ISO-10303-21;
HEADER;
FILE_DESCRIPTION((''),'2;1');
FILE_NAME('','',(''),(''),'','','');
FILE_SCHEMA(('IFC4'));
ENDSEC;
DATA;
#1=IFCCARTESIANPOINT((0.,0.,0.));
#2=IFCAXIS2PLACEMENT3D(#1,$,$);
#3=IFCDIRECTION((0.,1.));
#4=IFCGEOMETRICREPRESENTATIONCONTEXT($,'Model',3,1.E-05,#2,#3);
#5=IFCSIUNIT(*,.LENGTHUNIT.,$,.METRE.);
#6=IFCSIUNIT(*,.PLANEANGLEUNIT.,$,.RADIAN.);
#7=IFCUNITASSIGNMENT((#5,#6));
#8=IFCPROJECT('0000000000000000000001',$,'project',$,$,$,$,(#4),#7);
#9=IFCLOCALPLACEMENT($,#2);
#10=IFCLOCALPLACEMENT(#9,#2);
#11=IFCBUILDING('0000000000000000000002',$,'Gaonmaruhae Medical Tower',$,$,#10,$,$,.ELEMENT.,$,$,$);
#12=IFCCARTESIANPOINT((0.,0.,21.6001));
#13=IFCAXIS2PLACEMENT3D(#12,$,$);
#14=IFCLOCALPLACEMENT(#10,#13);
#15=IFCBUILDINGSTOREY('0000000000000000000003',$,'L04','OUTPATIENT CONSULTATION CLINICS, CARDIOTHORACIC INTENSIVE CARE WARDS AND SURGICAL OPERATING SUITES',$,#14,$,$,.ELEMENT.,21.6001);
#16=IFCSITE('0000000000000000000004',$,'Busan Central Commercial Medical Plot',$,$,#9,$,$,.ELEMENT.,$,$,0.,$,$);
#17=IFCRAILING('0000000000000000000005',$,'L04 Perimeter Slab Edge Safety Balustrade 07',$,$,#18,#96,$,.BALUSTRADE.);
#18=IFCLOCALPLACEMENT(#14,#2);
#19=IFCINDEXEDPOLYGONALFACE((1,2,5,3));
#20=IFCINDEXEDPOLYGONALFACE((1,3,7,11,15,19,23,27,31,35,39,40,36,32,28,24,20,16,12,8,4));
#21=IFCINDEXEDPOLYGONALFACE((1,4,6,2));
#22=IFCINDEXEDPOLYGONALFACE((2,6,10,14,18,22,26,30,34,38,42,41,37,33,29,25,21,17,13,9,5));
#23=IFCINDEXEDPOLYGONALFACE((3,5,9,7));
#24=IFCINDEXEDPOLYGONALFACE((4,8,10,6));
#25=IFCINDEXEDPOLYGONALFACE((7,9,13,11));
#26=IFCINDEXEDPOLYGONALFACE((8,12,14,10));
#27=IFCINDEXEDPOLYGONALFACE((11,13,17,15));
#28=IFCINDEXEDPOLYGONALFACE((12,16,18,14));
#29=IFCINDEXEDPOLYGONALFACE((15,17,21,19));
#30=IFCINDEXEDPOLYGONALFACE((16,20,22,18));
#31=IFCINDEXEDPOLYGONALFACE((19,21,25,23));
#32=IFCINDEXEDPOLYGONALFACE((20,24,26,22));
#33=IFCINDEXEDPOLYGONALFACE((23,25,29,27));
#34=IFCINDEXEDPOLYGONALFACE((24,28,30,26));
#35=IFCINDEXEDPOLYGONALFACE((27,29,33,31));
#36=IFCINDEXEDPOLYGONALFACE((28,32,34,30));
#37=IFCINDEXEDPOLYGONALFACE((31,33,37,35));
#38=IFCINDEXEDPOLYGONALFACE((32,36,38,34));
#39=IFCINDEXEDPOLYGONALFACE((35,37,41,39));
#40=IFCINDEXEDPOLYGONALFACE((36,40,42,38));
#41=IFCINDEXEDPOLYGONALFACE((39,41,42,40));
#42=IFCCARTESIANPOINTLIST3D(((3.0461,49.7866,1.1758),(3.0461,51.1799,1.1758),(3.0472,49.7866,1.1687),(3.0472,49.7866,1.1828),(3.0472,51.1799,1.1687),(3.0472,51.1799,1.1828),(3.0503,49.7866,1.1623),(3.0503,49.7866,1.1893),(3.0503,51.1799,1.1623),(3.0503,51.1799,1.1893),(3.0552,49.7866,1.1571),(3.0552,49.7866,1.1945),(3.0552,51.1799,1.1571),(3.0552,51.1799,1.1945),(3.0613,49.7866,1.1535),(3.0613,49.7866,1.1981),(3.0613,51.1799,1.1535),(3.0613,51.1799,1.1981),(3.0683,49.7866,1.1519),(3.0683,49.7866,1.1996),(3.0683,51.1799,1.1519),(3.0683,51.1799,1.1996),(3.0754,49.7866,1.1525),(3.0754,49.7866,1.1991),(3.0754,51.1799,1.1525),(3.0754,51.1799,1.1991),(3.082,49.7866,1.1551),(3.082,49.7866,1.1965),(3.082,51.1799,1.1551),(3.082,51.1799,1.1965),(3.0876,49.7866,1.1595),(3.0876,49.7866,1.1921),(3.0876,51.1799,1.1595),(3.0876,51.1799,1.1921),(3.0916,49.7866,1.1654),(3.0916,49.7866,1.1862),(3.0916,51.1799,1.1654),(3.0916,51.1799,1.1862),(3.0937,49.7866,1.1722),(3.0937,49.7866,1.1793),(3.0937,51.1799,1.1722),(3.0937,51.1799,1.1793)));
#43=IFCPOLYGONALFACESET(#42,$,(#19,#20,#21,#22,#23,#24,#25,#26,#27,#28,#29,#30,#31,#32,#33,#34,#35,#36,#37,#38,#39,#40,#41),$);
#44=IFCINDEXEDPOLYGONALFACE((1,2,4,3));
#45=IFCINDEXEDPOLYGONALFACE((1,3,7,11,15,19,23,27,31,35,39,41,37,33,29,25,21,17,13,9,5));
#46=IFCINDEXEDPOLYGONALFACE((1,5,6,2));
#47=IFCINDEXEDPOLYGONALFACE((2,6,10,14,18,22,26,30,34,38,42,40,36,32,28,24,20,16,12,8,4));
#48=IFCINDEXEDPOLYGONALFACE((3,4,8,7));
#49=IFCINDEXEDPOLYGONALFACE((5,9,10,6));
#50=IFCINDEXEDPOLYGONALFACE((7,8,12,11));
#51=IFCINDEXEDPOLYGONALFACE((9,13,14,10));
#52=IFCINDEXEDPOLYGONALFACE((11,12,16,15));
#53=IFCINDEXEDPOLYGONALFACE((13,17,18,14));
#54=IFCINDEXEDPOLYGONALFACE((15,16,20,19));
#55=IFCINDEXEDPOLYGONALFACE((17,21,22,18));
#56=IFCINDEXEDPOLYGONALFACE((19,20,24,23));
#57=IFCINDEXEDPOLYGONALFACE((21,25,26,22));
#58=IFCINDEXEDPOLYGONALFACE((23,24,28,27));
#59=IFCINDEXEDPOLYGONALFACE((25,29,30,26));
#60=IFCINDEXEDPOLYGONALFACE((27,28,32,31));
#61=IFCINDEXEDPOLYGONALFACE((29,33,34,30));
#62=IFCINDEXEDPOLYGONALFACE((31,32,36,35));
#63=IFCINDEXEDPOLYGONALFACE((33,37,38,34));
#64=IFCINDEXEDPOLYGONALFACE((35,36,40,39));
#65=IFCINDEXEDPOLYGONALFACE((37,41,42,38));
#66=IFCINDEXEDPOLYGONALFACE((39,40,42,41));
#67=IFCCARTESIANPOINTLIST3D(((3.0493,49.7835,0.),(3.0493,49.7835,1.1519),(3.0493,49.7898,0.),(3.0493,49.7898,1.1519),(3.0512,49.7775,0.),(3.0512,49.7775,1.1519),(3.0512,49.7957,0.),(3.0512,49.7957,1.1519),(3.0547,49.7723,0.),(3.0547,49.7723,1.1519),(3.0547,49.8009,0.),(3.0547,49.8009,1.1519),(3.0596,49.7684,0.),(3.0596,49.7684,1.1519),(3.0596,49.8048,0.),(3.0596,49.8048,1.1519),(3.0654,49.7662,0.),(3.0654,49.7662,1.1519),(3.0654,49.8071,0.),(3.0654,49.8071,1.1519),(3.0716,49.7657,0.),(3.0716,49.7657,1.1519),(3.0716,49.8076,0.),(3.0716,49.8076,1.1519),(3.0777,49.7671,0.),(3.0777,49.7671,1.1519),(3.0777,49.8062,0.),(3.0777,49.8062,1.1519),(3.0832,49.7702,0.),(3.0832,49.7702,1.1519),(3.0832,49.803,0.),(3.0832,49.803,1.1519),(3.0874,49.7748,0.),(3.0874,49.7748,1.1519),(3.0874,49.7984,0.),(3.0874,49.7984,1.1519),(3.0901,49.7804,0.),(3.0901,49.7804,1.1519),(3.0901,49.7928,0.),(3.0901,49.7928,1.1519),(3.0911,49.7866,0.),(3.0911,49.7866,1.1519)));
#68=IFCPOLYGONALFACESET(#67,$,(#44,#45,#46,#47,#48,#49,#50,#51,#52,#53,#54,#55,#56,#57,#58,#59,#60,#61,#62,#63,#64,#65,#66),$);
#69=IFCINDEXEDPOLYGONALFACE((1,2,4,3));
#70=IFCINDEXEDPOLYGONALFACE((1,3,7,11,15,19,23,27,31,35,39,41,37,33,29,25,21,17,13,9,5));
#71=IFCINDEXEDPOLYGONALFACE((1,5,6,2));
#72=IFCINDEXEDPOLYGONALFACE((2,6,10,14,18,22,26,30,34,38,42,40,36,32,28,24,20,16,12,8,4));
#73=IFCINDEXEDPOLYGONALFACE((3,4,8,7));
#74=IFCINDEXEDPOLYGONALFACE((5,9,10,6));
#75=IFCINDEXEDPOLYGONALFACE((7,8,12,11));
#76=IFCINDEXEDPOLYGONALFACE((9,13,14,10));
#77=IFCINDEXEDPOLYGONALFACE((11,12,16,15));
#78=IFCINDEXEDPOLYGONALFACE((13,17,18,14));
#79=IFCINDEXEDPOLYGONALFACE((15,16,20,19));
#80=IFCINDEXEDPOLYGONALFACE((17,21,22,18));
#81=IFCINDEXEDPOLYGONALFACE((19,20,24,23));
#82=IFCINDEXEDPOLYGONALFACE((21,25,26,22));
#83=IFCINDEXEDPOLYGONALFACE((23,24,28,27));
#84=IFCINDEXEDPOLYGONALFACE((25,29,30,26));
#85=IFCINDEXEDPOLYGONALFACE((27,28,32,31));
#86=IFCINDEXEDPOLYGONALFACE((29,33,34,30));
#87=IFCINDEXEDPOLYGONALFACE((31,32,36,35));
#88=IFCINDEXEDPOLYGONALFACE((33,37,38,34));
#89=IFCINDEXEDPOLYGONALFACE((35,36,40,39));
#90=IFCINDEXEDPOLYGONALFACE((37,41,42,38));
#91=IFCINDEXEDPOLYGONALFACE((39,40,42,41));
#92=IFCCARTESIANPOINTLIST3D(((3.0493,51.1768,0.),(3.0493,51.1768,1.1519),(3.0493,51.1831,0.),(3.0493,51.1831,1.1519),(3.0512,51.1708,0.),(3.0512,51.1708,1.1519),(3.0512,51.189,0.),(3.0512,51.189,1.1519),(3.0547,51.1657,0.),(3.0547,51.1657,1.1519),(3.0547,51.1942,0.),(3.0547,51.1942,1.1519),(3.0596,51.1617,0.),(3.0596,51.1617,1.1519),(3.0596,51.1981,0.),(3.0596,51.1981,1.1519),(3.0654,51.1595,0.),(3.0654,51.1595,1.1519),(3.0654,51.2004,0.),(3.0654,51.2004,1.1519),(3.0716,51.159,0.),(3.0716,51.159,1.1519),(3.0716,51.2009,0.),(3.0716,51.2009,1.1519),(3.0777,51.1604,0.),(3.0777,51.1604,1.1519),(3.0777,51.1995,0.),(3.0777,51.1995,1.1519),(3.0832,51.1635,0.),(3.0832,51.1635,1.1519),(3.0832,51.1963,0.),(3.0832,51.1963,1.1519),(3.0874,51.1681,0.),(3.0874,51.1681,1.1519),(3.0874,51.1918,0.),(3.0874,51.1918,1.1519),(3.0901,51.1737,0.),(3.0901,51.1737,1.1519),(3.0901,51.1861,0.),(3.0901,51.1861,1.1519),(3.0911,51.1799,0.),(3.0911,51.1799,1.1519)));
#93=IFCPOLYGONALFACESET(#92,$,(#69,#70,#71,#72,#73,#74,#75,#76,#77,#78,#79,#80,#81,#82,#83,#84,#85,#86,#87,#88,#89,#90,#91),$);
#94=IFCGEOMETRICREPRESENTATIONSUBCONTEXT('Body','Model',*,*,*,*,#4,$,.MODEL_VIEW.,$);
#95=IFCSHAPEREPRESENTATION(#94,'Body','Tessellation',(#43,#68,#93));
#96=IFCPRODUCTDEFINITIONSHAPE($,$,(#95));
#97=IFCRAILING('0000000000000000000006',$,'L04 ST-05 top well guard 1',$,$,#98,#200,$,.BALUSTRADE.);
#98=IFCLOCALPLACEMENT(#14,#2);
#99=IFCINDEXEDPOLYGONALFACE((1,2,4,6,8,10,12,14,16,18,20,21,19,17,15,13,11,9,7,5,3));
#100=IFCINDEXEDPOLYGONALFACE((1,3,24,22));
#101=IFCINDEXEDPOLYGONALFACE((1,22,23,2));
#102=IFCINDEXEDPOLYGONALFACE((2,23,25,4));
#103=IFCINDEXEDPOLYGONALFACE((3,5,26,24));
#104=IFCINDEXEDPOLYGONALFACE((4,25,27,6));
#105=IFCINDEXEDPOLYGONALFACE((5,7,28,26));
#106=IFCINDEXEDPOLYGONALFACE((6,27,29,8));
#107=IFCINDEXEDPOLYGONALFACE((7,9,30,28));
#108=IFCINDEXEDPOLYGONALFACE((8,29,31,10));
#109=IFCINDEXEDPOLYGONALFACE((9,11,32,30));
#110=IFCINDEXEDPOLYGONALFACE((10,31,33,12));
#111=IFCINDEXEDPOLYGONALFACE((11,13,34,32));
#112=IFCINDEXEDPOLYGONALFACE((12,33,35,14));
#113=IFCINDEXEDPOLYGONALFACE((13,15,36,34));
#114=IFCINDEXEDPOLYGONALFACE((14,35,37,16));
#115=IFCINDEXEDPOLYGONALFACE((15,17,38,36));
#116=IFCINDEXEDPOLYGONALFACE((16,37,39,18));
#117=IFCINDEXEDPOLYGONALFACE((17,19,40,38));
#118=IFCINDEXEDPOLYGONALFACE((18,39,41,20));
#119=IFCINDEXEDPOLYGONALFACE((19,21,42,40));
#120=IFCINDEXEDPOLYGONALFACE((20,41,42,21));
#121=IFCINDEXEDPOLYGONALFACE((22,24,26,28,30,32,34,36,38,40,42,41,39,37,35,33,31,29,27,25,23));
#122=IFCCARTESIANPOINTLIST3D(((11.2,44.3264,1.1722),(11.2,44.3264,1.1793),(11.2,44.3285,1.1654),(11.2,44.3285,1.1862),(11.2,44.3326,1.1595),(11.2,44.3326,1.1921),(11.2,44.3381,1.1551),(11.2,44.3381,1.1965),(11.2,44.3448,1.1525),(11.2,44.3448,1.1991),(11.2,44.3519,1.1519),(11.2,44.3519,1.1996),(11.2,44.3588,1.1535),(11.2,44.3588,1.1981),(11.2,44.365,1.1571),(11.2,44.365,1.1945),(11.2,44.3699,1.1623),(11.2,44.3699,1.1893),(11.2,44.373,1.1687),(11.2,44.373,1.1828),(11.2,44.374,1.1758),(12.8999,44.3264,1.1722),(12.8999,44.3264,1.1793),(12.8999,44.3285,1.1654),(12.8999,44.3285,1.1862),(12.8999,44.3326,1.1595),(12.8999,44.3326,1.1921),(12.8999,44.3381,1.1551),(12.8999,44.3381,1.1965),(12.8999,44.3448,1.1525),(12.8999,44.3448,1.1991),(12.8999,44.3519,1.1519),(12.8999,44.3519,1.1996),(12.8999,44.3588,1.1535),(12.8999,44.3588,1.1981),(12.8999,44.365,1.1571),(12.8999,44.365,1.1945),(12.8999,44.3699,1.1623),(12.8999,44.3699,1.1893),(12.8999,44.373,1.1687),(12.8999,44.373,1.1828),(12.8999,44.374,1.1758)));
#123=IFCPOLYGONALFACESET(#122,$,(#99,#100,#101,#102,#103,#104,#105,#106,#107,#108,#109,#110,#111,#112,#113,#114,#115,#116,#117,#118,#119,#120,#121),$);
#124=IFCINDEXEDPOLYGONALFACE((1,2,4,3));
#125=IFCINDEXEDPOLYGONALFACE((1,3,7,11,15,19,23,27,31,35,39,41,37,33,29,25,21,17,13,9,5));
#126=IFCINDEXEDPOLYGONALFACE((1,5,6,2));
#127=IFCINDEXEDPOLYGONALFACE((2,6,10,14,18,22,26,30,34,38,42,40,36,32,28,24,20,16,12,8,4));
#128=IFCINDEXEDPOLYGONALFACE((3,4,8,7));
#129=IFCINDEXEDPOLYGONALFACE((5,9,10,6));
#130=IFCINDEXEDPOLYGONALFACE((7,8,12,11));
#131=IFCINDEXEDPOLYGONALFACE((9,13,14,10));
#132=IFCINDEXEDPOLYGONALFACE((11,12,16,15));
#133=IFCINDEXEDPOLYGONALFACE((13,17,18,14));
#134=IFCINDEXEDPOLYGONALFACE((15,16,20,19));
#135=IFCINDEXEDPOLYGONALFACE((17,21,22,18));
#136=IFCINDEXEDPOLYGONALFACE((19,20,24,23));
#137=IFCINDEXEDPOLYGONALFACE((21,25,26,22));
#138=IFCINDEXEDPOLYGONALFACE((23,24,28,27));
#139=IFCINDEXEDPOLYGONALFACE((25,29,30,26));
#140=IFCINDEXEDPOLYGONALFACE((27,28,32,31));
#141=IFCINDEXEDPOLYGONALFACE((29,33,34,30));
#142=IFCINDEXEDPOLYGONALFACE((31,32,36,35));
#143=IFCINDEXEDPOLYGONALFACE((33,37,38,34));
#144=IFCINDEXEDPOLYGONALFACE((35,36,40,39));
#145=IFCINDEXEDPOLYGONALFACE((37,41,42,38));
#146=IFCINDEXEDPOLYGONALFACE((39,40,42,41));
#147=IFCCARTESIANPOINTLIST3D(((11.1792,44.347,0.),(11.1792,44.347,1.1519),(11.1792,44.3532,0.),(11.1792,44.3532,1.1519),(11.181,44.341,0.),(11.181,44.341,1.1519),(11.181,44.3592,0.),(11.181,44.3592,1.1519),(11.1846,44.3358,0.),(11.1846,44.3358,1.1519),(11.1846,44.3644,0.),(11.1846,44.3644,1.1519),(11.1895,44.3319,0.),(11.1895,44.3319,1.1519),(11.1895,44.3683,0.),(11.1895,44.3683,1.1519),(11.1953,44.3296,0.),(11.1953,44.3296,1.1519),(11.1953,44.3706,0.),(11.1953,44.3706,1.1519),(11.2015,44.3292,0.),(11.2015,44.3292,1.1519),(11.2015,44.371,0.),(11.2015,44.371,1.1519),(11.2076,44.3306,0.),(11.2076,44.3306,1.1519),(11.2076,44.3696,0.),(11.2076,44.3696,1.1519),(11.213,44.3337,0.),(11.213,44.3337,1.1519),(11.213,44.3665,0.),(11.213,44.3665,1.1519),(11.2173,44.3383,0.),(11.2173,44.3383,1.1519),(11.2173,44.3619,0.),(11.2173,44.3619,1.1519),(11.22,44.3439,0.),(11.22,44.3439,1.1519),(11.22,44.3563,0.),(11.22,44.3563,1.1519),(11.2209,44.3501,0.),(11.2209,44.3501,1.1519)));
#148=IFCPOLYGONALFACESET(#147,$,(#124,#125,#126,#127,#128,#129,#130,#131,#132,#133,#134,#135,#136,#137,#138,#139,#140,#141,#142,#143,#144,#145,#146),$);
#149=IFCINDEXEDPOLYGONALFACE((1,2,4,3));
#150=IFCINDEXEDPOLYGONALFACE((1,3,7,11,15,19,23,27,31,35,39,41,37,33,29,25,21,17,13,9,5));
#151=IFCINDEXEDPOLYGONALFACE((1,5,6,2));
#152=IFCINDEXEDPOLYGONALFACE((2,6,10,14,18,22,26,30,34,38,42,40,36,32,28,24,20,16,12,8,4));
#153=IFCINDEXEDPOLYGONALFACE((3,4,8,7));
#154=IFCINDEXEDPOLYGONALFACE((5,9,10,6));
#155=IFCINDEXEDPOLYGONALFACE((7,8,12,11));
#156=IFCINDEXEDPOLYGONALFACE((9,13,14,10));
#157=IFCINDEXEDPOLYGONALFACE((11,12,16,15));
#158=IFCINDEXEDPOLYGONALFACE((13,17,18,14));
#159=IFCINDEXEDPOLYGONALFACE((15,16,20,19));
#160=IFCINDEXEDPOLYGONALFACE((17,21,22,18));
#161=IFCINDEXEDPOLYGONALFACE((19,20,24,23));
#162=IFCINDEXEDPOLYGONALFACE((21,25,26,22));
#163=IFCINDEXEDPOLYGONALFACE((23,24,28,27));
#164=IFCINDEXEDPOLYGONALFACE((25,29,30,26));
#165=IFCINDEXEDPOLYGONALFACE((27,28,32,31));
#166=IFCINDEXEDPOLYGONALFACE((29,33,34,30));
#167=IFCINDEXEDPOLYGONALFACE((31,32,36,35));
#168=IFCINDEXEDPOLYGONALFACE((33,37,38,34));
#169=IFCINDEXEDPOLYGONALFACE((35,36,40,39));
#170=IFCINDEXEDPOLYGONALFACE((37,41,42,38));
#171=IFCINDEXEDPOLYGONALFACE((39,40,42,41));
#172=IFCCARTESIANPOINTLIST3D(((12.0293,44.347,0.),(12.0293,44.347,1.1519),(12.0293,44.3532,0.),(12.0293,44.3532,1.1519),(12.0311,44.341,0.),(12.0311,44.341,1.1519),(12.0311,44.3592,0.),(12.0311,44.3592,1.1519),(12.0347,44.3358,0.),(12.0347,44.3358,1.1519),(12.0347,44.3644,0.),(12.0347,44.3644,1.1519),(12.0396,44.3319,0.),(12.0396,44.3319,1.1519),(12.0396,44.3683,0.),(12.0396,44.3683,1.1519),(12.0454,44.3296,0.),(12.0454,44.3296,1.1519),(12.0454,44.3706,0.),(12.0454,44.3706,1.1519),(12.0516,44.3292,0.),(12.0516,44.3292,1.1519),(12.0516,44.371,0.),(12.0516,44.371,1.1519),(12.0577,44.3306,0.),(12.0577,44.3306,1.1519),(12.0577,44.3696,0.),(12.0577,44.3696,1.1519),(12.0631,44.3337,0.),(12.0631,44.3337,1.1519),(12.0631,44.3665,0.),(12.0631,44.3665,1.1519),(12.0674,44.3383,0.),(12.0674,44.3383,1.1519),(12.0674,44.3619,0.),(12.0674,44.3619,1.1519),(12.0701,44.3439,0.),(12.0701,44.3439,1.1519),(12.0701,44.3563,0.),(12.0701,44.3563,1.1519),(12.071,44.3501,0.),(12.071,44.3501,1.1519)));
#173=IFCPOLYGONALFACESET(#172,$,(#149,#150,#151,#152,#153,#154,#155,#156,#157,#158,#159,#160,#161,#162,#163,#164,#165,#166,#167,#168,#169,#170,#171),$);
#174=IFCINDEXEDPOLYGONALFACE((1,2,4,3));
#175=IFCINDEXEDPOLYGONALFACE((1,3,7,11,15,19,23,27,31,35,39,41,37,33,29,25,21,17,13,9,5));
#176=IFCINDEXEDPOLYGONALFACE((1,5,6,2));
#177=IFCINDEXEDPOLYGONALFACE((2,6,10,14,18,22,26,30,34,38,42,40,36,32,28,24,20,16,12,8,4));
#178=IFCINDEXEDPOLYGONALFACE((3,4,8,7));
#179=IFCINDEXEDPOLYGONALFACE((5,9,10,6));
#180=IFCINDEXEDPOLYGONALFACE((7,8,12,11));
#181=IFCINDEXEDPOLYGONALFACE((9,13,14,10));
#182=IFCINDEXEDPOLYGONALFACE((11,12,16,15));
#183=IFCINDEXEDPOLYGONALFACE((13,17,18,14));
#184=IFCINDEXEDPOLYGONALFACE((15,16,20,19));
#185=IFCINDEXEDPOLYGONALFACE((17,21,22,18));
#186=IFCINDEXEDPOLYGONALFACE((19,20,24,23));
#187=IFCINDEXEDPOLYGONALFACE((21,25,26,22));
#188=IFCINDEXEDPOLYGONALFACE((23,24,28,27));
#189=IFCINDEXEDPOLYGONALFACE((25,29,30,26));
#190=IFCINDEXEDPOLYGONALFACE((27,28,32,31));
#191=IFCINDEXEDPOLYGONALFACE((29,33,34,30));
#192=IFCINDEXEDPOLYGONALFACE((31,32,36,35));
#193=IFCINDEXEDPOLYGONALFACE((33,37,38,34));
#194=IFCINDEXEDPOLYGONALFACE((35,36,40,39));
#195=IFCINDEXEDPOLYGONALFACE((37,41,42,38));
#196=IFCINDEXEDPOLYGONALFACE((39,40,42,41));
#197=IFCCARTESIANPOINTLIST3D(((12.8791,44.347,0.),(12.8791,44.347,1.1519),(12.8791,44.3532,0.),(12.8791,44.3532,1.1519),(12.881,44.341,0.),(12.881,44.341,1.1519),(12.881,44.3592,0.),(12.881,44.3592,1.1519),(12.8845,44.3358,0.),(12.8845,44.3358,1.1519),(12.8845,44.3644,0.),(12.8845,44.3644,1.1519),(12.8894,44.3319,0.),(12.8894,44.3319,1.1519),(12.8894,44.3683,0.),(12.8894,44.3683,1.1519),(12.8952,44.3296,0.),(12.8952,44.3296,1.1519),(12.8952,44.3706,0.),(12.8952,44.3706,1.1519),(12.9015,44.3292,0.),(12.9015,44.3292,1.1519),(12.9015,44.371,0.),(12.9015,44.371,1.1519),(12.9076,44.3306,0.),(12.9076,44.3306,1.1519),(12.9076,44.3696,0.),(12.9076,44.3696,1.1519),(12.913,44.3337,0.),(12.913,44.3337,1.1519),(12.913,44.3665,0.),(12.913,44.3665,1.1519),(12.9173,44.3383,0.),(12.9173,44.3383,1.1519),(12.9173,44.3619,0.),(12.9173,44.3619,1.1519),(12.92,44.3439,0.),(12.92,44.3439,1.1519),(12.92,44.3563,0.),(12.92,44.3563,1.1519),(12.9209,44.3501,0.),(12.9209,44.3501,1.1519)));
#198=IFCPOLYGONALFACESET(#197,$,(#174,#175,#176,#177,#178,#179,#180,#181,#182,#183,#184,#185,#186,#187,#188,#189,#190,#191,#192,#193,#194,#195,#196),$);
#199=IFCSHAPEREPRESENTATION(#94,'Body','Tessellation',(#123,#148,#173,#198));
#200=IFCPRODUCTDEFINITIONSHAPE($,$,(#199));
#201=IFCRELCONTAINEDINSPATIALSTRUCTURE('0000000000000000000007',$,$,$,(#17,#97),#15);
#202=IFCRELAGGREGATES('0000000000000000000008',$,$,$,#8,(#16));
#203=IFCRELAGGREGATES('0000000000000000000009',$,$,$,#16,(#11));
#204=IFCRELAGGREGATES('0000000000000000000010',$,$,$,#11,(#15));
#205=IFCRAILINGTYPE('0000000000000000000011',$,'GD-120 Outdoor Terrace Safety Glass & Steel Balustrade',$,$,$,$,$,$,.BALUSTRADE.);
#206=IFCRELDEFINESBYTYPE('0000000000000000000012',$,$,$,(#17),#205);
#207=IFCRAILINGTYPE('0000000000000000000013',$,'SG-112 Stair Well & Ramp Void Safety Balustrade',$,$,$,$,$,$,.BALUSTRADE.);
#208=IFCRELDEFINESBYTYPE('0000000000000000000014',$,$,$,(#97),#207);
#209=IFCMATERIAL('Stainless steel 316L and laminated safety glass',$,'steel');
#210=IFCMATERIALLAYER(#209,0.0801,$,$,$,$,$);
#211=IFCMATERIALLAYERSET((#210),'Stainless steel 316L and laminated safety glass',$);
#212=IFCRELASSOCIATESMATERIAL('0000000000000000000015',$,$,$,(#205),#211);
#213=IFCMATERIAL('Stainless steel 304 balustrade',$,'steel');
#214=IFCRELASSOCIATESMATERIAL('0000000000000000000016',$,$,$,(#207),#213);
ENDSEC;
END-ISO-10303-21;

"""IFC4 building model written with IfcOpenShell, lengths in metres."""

from ifc_helpers import new_model, si_unit, direction, frame, origin, origin_2d, place, context, subcontext, project, spatial, circle, extrude, material, layer, layer_set, type_object, element, save


model = new_model("IFC4")

# Units and contexts
model_context = context("Model", 3, precision=1e-05, world=origin(), true_north=direction((0.0, 1.0)))
body_context = subcontext(model_context, "Body", "Model", "MODEL_VIEW")
ifc_project = project(units=[si_unit("LENGTHUNIT", "METRE"), si_unit("PLANEANGLEUNIT", "RADIAN")], contexts=[model_context])

# Site, building, storey
site_placement = place(None, origin())
site = spatial("IfcSite", under=ifc_project, at=site_placement, Name="Busan Central Commercial Medical Plot", CompositionType="ELEMENT", RefElevation=0.0)
building_placement = place(site_placement, origin())
building = spatial("IfcBuilding", under=site, at=building_placement, Name="Gaonmaruhae Medical Tower", CompositionType="ELEMENT")
storey_placement = place(building_placement, frame((0.0, 0.0, 21.6001)))
storey = spatial("IfcBuildingStorey", under=building, at=storey_placement, Name="L04", Description="OUTPATIENT CONSULTATION CLINICS, CARDIOTHORACIC INTENSIVE CARE WARDS AND SURGICAL OPERATING SUITES", CompositionType="ELEMENT", Elevation=21.6001)

# Railings
ifc_material_1 = material(Name="Stainless steel 316L and laminated safety glass", Category="steel")
ifc_layer_1 = layer(ifc_material_1, 0.0801)
ifc_layer_set_1 = layer_set([ifc_layer_1], Name="Stainless steel 316L and laminated safety glass")
railing_type_1 = type_object("IfcRailingType", Name="GD-120 Outdoor Terrace Safety Glass & Steel Balustrade", PredefinedType="BALUSTRADE", material=ifc_layer_set_1)
railing_1_placement = place(storey_placement, frame((3.0701, 49.7866, 0.0)))
element("IfcRailing", 1, at=railing_1_placement, inside=storey, type_object=railing_type_1, Name="L04 Perimeter Slab Edge Safety Balustrade 07", PredefinedType="BALUSTRADE", context=body_context, shape_type="SweptSolid", body=[
    extrude(circle(Radius=0.0239, at=origin_2d()), frame((0.0, 0.0, 1.1758), z_axis=(0.0, 1.0, 0.0), x_axis=(-1.0, 0.0, 0.0)), (0.0, 0.0, 1.0), 1.3933),
    extrude(circle(Radius=0.021, at=origin_2d()), origin(), (0.0, 0.0, 1.0), 1.1519),
    extrude(circle(Radius=0.021, at=origin_2d()), frame((0.0, 1.3933, 0.0)), (0.0, 0.0, 1.0), 1.1519),
])
ifc_material_2 = material(Name="Stainless steel 304 balustrade", Category="steel")
railing_type_2 = type_object("IfcRailingType", Name="SG-112 Stair Well & Ramp Void Safety Balustrade", PredefinedType="BALUSTRADE", material=ifc_material_2)
railing_2_placement = place(storey_placement, frame((11.2, 44.3501, 0.0)))
element("IfcRailing", 2, at=railing_2_placement, inside=storey, type_object=railing_type_2, Name="L04 ST-05 top well guard 1", PredefinedType="BALUSTRADE", context=body_context, shape_type="SweptSolid", body=[
    extrude(circle(Radius=0.0239, at=origin_2d()), frame((0.0, 0.0, 1.1758), z_axis=(1.0, 0.0, 0.0), x_axis=(0.0, 1.0, 0.0)), (0.0, 0.0, 1.0), 1.7),
    extrude(circle(Radius=0.021, at=origin_2d()), origin(), (0.0, 0.0, 1.0), 1.1519),
    extrude(circle(Radius=0.021, at=origin_2d()), frame((0.8501, 0.0, 0.0)), (0.0, 0.0, 1.0), 1.1519),
    extrude(circle(Radius=0.021, at=origin_2d()), frame((1.7, 0.0, 0.0)), (0.0, 0.0, 1.0), 1.1519),
])

save(model, "model.ifc")
